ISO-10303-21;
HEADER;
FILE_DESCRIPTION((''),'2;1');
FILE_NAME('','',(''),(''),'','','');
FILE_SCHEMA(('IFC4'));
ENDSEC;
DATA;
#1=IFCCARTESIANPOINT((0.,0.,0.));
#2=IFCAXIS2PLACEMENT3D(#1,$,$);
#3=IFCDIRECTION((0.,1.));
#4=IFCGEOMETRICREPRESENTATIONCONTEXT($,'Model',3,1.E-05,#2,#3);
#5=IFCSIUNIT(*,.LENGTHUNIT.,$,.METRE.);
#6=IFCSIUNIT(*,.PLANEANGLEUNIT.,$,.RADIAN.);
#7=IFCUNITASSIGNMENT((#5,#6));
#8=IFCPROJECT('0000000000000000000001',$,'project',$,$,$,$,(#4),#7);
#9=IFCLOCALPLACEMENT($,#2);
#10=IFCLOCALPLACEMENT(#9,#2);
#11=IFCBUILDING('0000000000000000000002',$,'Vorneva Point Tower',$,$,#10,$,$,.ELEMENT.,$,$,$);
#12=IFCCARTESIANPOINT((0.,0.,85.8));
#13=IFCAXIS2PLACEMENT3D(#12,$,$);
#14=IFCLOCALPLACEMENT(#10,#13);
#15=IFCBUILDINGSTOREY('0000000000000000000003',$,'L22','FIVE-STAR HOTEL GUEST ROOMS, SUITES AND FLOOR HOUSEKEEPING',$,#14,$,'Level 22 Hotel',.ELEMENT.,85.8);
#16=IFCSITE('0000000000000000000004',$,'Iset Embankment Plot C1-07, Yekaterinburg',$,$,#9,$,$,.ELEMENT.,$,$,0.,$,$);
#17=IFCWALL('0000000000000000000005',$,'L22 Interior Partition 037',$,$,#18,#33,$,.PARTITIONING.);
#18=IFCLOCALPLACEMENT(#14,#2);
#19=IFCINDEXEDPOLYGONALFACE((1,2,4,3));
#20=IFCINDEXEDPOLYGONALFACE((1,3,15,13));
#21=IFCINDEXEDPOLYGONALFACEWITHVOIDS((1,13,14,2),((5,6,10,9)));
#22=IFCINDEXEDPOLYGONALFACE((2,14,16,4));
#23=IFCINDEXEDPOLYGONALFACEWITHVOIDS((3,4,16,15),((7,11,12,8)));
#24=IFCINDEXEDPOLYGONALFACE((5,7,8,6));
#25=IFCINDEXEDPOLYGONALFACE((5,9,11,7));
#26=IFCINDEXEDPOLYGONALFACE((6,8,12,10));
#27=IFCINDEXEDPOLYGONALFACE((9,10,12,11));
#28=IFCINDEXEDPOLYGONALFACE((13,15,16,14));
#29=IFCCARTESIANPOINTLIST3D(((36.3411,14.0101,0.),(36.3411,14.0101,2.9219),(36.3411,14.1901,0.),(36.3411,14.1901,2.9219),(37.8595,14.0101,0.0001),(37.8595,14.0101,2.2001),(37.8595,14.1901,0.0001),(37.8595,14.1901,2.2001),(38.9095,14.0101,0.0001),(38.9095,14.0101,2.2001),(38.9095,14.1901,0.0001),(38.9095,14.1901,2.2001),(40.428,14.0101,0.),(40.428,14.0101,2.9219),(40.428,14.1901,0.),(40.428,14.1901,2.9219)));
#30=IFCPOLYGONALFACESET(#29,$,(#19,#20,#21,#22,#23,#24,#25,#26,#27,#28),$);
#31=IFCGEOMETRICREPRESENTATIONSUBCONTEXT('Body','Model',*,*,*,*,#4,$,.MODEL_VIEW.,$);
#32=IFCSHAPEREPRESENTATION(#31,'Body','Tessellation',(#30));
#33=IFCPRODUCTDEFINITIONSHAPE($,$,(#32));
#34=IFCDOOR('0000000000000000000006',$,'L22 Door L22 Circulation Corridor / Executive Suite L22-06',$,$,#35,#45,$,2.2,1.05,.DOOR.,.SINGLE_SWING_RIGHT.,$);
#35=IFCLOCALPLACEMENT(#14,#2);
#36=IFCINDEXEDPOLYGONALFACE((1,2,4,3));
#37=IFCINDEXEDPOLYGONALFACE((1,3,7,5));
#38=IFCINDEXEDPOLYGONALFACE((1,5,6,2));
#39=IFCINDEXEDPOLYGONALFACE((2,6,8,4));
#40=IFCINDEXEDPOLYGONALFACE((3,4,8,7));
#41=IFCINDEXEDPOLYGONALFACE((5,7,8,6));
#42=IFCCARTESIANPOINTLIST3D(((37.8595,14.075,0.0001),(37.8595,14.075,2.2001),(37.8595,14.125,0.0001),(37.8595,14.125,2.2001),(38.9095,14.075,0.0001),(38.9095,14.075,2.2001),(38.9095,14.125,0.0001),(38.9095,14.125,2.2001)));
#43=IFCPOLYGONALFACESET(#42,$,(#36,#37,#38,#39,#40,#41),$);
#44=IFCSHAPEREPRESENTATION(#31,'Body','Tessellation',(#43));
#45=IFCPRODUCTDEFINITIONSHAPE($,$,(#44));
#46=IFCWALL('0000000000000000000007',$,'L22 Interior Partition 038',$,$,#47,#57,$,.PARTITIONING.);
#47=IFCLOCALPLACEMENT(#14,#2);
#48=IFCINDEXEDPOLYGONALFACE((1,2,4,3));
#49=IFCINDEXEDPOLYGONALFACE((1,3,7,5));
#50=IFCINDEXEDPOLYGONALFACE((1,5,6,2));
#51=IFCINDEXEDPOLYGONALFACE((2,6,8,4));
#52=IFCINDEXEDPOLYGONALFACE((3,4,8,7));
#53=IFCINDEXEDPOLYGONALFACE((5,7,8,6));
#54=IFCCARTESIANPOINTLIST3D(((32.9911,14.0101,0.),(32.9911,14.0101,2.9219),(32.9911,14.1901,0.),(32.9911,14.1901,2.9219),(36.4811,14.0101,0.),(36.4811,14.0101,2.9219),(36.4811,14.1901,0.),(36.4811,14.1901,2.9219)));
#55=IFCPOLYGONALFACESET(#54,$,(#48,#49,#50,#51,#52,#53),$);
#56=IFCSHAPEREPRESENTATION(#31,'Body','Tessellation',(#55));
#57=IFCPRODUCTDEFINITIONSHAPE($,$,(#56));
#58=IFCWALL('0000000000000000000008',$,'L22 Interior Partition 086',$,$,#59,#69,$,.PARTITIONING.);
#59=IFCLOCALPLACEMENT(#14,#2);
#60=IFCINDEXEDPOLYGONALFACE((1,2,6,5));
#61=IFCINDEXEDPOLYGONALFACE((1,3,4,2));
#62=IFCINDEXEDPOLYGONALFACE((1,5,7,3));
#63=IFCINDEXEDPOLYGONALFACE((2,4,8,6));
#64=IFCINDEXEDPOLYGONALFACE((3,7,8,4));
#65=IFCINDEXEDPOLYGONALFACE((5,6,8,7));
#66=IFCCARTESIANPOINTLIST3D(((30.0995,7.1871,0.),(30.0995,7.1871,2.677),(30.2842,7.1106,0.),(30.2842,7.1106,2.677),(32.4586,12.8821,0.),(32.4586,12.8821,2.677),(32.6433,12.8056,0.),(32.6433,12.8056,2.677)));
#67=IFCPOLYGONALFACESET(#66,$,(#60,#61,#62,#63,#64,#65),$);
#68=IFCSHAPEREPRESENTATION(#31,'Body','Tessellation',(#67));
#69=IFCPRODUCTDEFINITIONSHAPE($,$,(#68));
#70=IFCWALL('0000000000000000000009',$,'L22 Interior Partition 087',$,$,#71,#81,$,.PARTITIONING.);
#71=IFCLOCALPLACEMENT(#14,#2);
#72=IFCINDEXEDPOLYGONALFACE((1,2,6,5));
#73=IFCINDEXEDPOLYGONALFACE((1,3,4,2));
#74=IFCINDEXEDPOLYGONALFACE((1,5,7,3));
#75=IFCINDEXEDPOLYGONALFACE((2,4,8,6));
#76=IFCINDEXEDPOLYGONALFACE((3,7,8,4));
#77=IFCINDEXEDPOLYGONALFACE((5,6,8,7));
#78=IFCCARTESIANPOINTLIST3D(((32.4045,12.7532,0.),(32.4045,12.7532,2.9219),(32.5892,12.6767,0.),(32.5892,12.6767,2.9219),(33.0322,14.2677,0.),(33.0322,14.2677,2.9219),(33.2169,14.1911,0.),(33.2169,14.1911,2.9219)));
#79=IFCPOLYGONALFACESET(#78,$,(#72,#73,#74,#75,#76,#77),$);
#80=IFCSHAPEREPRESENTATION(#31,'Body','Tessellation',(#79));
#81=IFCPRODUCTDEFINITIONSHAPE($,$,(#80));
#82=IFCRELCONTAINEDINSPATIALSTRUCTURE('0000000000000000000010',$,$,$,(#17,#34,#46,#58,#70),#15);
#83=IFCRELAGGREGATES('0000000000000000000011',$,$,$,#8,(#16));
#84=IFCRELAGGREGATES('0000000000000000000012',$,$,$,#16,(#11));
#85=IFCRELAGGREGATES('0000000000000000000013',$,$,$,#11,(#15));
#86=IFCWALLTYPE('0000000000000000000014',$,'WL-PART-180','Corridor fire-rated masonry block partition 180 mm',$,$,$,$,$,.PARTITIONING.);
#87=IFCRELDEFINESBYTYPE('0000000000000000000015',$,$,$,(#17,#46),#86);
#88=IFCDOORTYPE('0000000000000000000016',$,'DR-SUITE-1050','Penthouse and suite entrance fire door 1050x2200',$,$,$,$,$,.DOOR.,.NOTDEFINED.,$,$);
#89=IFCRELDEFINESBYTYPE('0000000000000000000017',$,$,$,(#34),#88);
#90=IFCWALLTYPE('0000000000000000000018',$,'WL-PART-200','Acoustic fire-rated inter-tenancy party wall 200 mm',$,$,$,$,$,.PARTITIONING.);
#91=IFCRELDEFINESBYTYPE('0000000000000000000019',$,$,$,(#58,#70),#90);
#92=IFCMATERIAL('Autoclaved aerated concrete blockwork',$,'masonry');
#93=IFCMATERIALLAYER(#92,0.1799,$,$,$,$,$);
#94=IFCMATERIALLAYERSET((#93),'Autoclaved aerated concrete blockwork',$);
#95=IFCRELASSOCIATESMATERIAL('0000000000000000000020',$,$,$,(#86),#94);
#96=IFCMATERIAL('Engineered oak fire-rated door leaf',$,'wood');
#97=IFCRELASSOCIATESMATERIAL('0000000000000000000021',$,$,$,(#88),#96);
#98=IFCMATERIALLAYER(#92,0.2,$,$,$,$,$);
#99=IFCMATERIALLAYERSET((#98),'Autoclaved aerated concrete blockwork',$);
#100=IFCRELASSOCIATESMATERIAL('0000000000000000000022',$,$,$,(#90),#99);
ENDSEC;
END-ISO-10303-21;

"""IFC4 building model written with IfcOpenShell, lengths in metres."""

from ifc_helpers import new_model, si_unit, direction, frame, frame_2d, origin, place, context, subcontext, project, spatial, rectangle, extrude, material, layer, layer_set, type_object, element, fill, save


model = new_model("IFC4")

# Units and contexts
model_context = context("Model", 3, precision=1e-05, world=origin(), true_north=direction((0.0, 1.0)))
body_context = subcontext(model_context, "Body", "Model", "MODEL_VIEW")
ifc_project = project(units=[si_unit("LENGTHUNIT", "METRE"), si_unit("PLANEANGLEUNIT", "RADIAN")], contexts=[model_context])

# Site, building, storey
site_placement = place(None, origin())
site = spatial("IfcSite", under=ifc_project, at=site_placement, Name="Iset Embankment Plot C1-07, Yekaterinburg", CompositionType="ELEMENT", RefElevation=0.0)
building_placement = place(site_placement, origin())
building = spatial("IfcBuilding", under=site, at=building_placement, Name="Vorneva Point Tower", CompositionType="ELEMENT")
storey_placement = place(building_placement, frame((0.0, 0.0, 85.8)))
storey = spatial("IfcBuildingStorey", under=building, at=storey_placement, Name="L22", Description="FIVE-STAR HOTEL GUEST ROOMS, SUITES AND FLOOR HOUSEKEEPING", LongName="Level 22 Hotel", CompositionType="ELEMENT", Elevation=85.8)

# Shared definitions
ifc_material_1 = material(Name="Engineered oak fire-rated door leaf", Category="wood")

# Wall, opening, door
ifc_material_2 = material(Name="Autoclaved aerated concrete blockwork", Category="masonry")
ifc_layer_1 = layer(ifc_material_2, 0.1799)
ifc_layer_set_1 = layer_set([ifc_layer_1], Name="Autoclaved aerated concrete blockwork")
wall_type_1 = type_object("IfcWallType", Name="WL-PART-180", Description="Corridor fire-rated masonry block partition 180 mm", PredefinedType="PARTITIONING", material=ifc_layer_set_1)
wall_1_placement = place(storey_placement, frame((36.3411, 14.1001, 0.0), z_axis=(0.0, 0.0, 1.0), x_axis=(1.0, 0.0, 0.0)))
wall_1 = element("IfcWall", 1, at=wall_1_placement, inside=storey, type_object=wall_type_1, Name="L22 Interior Partition 037", PredefinedType="PARTITIONING", context=body_context, shape_type="SweptSolid", body=[
    extrude(rectangle(XDim=4.0869, YDim=0.1799, at=frame_2d((2.0435, 0.0))), origin(), (0.0, 0.0, 1.0), 2.9219),
])
opening_1_placement = place(wall_1_placement, frame((1.5186, 0.0, 0.0)))
opening_1 = element("IfcOpeningElement", 2, at=opening_1_placement, cuts=wall_1, PredefinedType="OPENING", context=body_context, shape_type="SweptSolid", body=[
    extrude(rectangle(XDim=1.05, YDim=2.2, at=frame_2d((0.5249, 1.1001))), frame((0.0, 0.105, 0.0), z_axis=(0.0, -1.0, 0.0), x_axis=(1.0, 0.0, 0.0)), (0.0, 0.0, 1.0), 0.2097),
])
door_type_1 = type_object("IfcDoorType", Name="DR-SUITE-1050", Description="Penthouse and suite entrance fire door 1050x2200", OperationType="NOTDEFINED", PredefinedType="DOOR", material=ifc_material_1)
door_1_placement = place(opening_1_placement, origin())
door_1 = element("IfcDoor", 3, at=door_1_placement, inside=storey, type_object=door_type_1, Name="L22 Door L22 Circulation Corridor / Executive Suite L22-06", OperationType="SINGLE_SWING_RIGHT", OverallHeight=2.2, OverallWidth=1.05, PredefinedType="DOOR", context=body_context, shape_type="SweptSolid", body=[
    extrude(rectangle(XDim=1.05, YDim=2.2, at=frame_2d((0.5249, 1.1001))), frame((0.0, 0.0249, 0.0), z_axis=(0.0, -1.0, 0.0), x_axis=(1.0, 0.0, 0.0)), (0.0, 0.0, 1.0), 0.05),
])
fill(opening_1, door_1)

# Walls
wall_2_placement = place(storey_placement, frame((32.991, 14.1001, 0.0), z_axis=(0.0, 0.0, 1.0), x_axis=(1.0, 0.0, 0.0)))
element("IfcWall", 4, at=wall_2_placement, inside=storey, type_object=wall_type_1, Name="L22 Interior Partition 038", PredefinedType="PARTITIONING", context=body_context, shape_type="SweptSolid", body=[
    extrude(rectangle(XDim=3.49, YDim=0.1799, at=frame_2d((1.7451, 0.0))), origin(), (0.0, 0.0, 1.0), 2.9219),
])
ifc_layer_2 = layer(ifc_material_2, 0.2)
ifc_layer_set_2 = layer_set([ifc_layer_2], Name="Autoclaved aerated concrete blockwork")
wall_type_2 = type_object("IfcWallType", Name="WL-PART-200", Description="Acoustic fire-rated inter-tenancy party wall 200 mm", PredefinedType="PARTITIONING", material=ifc_layer_set_2)
wall_3_placement = place(storey_placement, frame((30.1919, 7.1489, 0.0), z_axis=(0.0, 0.0, 1.0), x_axis=(0.382705, 0.923871, 0.0)))
element("IfcWall", 5, at=wall_3_placement, inside=storey, type_object=wall_type_2, Name="L22 Interior Partition 086", PredefinedType="PARTITIONING", context=body_context, shape_type="SweptSolid", body=[
    extrude(rectangle(XDim=6.1643, YDim=0.2, at=frame_2d((3.082, 0.0))), origin(), (0.0, 0.0, 1.0), 2.677),
])
wall_4_placement = place(storey_placement, frame((32.4968, 12.7148, 0.0), z_axis=(0.0, 0.0, 1.0), x_axis=(0.382891, 0.923794, 0.0)))
element("IfcWall", 6, at=wall_4_placement, inside=storey, type_object=wall_type_2, Name="L22 Interior Partition 087", PredefinedType="PARTITIONING", context=body_context, shape_type="SweptSolid", body=[
    extrude(rectangle(XDim=1.6394, YDim=0.2, at=frame_2d((0.8198, 0.0))), origin(), (0.0, 0.0, 1.0), 2.9219),
])

save(model, "model.ifc")
